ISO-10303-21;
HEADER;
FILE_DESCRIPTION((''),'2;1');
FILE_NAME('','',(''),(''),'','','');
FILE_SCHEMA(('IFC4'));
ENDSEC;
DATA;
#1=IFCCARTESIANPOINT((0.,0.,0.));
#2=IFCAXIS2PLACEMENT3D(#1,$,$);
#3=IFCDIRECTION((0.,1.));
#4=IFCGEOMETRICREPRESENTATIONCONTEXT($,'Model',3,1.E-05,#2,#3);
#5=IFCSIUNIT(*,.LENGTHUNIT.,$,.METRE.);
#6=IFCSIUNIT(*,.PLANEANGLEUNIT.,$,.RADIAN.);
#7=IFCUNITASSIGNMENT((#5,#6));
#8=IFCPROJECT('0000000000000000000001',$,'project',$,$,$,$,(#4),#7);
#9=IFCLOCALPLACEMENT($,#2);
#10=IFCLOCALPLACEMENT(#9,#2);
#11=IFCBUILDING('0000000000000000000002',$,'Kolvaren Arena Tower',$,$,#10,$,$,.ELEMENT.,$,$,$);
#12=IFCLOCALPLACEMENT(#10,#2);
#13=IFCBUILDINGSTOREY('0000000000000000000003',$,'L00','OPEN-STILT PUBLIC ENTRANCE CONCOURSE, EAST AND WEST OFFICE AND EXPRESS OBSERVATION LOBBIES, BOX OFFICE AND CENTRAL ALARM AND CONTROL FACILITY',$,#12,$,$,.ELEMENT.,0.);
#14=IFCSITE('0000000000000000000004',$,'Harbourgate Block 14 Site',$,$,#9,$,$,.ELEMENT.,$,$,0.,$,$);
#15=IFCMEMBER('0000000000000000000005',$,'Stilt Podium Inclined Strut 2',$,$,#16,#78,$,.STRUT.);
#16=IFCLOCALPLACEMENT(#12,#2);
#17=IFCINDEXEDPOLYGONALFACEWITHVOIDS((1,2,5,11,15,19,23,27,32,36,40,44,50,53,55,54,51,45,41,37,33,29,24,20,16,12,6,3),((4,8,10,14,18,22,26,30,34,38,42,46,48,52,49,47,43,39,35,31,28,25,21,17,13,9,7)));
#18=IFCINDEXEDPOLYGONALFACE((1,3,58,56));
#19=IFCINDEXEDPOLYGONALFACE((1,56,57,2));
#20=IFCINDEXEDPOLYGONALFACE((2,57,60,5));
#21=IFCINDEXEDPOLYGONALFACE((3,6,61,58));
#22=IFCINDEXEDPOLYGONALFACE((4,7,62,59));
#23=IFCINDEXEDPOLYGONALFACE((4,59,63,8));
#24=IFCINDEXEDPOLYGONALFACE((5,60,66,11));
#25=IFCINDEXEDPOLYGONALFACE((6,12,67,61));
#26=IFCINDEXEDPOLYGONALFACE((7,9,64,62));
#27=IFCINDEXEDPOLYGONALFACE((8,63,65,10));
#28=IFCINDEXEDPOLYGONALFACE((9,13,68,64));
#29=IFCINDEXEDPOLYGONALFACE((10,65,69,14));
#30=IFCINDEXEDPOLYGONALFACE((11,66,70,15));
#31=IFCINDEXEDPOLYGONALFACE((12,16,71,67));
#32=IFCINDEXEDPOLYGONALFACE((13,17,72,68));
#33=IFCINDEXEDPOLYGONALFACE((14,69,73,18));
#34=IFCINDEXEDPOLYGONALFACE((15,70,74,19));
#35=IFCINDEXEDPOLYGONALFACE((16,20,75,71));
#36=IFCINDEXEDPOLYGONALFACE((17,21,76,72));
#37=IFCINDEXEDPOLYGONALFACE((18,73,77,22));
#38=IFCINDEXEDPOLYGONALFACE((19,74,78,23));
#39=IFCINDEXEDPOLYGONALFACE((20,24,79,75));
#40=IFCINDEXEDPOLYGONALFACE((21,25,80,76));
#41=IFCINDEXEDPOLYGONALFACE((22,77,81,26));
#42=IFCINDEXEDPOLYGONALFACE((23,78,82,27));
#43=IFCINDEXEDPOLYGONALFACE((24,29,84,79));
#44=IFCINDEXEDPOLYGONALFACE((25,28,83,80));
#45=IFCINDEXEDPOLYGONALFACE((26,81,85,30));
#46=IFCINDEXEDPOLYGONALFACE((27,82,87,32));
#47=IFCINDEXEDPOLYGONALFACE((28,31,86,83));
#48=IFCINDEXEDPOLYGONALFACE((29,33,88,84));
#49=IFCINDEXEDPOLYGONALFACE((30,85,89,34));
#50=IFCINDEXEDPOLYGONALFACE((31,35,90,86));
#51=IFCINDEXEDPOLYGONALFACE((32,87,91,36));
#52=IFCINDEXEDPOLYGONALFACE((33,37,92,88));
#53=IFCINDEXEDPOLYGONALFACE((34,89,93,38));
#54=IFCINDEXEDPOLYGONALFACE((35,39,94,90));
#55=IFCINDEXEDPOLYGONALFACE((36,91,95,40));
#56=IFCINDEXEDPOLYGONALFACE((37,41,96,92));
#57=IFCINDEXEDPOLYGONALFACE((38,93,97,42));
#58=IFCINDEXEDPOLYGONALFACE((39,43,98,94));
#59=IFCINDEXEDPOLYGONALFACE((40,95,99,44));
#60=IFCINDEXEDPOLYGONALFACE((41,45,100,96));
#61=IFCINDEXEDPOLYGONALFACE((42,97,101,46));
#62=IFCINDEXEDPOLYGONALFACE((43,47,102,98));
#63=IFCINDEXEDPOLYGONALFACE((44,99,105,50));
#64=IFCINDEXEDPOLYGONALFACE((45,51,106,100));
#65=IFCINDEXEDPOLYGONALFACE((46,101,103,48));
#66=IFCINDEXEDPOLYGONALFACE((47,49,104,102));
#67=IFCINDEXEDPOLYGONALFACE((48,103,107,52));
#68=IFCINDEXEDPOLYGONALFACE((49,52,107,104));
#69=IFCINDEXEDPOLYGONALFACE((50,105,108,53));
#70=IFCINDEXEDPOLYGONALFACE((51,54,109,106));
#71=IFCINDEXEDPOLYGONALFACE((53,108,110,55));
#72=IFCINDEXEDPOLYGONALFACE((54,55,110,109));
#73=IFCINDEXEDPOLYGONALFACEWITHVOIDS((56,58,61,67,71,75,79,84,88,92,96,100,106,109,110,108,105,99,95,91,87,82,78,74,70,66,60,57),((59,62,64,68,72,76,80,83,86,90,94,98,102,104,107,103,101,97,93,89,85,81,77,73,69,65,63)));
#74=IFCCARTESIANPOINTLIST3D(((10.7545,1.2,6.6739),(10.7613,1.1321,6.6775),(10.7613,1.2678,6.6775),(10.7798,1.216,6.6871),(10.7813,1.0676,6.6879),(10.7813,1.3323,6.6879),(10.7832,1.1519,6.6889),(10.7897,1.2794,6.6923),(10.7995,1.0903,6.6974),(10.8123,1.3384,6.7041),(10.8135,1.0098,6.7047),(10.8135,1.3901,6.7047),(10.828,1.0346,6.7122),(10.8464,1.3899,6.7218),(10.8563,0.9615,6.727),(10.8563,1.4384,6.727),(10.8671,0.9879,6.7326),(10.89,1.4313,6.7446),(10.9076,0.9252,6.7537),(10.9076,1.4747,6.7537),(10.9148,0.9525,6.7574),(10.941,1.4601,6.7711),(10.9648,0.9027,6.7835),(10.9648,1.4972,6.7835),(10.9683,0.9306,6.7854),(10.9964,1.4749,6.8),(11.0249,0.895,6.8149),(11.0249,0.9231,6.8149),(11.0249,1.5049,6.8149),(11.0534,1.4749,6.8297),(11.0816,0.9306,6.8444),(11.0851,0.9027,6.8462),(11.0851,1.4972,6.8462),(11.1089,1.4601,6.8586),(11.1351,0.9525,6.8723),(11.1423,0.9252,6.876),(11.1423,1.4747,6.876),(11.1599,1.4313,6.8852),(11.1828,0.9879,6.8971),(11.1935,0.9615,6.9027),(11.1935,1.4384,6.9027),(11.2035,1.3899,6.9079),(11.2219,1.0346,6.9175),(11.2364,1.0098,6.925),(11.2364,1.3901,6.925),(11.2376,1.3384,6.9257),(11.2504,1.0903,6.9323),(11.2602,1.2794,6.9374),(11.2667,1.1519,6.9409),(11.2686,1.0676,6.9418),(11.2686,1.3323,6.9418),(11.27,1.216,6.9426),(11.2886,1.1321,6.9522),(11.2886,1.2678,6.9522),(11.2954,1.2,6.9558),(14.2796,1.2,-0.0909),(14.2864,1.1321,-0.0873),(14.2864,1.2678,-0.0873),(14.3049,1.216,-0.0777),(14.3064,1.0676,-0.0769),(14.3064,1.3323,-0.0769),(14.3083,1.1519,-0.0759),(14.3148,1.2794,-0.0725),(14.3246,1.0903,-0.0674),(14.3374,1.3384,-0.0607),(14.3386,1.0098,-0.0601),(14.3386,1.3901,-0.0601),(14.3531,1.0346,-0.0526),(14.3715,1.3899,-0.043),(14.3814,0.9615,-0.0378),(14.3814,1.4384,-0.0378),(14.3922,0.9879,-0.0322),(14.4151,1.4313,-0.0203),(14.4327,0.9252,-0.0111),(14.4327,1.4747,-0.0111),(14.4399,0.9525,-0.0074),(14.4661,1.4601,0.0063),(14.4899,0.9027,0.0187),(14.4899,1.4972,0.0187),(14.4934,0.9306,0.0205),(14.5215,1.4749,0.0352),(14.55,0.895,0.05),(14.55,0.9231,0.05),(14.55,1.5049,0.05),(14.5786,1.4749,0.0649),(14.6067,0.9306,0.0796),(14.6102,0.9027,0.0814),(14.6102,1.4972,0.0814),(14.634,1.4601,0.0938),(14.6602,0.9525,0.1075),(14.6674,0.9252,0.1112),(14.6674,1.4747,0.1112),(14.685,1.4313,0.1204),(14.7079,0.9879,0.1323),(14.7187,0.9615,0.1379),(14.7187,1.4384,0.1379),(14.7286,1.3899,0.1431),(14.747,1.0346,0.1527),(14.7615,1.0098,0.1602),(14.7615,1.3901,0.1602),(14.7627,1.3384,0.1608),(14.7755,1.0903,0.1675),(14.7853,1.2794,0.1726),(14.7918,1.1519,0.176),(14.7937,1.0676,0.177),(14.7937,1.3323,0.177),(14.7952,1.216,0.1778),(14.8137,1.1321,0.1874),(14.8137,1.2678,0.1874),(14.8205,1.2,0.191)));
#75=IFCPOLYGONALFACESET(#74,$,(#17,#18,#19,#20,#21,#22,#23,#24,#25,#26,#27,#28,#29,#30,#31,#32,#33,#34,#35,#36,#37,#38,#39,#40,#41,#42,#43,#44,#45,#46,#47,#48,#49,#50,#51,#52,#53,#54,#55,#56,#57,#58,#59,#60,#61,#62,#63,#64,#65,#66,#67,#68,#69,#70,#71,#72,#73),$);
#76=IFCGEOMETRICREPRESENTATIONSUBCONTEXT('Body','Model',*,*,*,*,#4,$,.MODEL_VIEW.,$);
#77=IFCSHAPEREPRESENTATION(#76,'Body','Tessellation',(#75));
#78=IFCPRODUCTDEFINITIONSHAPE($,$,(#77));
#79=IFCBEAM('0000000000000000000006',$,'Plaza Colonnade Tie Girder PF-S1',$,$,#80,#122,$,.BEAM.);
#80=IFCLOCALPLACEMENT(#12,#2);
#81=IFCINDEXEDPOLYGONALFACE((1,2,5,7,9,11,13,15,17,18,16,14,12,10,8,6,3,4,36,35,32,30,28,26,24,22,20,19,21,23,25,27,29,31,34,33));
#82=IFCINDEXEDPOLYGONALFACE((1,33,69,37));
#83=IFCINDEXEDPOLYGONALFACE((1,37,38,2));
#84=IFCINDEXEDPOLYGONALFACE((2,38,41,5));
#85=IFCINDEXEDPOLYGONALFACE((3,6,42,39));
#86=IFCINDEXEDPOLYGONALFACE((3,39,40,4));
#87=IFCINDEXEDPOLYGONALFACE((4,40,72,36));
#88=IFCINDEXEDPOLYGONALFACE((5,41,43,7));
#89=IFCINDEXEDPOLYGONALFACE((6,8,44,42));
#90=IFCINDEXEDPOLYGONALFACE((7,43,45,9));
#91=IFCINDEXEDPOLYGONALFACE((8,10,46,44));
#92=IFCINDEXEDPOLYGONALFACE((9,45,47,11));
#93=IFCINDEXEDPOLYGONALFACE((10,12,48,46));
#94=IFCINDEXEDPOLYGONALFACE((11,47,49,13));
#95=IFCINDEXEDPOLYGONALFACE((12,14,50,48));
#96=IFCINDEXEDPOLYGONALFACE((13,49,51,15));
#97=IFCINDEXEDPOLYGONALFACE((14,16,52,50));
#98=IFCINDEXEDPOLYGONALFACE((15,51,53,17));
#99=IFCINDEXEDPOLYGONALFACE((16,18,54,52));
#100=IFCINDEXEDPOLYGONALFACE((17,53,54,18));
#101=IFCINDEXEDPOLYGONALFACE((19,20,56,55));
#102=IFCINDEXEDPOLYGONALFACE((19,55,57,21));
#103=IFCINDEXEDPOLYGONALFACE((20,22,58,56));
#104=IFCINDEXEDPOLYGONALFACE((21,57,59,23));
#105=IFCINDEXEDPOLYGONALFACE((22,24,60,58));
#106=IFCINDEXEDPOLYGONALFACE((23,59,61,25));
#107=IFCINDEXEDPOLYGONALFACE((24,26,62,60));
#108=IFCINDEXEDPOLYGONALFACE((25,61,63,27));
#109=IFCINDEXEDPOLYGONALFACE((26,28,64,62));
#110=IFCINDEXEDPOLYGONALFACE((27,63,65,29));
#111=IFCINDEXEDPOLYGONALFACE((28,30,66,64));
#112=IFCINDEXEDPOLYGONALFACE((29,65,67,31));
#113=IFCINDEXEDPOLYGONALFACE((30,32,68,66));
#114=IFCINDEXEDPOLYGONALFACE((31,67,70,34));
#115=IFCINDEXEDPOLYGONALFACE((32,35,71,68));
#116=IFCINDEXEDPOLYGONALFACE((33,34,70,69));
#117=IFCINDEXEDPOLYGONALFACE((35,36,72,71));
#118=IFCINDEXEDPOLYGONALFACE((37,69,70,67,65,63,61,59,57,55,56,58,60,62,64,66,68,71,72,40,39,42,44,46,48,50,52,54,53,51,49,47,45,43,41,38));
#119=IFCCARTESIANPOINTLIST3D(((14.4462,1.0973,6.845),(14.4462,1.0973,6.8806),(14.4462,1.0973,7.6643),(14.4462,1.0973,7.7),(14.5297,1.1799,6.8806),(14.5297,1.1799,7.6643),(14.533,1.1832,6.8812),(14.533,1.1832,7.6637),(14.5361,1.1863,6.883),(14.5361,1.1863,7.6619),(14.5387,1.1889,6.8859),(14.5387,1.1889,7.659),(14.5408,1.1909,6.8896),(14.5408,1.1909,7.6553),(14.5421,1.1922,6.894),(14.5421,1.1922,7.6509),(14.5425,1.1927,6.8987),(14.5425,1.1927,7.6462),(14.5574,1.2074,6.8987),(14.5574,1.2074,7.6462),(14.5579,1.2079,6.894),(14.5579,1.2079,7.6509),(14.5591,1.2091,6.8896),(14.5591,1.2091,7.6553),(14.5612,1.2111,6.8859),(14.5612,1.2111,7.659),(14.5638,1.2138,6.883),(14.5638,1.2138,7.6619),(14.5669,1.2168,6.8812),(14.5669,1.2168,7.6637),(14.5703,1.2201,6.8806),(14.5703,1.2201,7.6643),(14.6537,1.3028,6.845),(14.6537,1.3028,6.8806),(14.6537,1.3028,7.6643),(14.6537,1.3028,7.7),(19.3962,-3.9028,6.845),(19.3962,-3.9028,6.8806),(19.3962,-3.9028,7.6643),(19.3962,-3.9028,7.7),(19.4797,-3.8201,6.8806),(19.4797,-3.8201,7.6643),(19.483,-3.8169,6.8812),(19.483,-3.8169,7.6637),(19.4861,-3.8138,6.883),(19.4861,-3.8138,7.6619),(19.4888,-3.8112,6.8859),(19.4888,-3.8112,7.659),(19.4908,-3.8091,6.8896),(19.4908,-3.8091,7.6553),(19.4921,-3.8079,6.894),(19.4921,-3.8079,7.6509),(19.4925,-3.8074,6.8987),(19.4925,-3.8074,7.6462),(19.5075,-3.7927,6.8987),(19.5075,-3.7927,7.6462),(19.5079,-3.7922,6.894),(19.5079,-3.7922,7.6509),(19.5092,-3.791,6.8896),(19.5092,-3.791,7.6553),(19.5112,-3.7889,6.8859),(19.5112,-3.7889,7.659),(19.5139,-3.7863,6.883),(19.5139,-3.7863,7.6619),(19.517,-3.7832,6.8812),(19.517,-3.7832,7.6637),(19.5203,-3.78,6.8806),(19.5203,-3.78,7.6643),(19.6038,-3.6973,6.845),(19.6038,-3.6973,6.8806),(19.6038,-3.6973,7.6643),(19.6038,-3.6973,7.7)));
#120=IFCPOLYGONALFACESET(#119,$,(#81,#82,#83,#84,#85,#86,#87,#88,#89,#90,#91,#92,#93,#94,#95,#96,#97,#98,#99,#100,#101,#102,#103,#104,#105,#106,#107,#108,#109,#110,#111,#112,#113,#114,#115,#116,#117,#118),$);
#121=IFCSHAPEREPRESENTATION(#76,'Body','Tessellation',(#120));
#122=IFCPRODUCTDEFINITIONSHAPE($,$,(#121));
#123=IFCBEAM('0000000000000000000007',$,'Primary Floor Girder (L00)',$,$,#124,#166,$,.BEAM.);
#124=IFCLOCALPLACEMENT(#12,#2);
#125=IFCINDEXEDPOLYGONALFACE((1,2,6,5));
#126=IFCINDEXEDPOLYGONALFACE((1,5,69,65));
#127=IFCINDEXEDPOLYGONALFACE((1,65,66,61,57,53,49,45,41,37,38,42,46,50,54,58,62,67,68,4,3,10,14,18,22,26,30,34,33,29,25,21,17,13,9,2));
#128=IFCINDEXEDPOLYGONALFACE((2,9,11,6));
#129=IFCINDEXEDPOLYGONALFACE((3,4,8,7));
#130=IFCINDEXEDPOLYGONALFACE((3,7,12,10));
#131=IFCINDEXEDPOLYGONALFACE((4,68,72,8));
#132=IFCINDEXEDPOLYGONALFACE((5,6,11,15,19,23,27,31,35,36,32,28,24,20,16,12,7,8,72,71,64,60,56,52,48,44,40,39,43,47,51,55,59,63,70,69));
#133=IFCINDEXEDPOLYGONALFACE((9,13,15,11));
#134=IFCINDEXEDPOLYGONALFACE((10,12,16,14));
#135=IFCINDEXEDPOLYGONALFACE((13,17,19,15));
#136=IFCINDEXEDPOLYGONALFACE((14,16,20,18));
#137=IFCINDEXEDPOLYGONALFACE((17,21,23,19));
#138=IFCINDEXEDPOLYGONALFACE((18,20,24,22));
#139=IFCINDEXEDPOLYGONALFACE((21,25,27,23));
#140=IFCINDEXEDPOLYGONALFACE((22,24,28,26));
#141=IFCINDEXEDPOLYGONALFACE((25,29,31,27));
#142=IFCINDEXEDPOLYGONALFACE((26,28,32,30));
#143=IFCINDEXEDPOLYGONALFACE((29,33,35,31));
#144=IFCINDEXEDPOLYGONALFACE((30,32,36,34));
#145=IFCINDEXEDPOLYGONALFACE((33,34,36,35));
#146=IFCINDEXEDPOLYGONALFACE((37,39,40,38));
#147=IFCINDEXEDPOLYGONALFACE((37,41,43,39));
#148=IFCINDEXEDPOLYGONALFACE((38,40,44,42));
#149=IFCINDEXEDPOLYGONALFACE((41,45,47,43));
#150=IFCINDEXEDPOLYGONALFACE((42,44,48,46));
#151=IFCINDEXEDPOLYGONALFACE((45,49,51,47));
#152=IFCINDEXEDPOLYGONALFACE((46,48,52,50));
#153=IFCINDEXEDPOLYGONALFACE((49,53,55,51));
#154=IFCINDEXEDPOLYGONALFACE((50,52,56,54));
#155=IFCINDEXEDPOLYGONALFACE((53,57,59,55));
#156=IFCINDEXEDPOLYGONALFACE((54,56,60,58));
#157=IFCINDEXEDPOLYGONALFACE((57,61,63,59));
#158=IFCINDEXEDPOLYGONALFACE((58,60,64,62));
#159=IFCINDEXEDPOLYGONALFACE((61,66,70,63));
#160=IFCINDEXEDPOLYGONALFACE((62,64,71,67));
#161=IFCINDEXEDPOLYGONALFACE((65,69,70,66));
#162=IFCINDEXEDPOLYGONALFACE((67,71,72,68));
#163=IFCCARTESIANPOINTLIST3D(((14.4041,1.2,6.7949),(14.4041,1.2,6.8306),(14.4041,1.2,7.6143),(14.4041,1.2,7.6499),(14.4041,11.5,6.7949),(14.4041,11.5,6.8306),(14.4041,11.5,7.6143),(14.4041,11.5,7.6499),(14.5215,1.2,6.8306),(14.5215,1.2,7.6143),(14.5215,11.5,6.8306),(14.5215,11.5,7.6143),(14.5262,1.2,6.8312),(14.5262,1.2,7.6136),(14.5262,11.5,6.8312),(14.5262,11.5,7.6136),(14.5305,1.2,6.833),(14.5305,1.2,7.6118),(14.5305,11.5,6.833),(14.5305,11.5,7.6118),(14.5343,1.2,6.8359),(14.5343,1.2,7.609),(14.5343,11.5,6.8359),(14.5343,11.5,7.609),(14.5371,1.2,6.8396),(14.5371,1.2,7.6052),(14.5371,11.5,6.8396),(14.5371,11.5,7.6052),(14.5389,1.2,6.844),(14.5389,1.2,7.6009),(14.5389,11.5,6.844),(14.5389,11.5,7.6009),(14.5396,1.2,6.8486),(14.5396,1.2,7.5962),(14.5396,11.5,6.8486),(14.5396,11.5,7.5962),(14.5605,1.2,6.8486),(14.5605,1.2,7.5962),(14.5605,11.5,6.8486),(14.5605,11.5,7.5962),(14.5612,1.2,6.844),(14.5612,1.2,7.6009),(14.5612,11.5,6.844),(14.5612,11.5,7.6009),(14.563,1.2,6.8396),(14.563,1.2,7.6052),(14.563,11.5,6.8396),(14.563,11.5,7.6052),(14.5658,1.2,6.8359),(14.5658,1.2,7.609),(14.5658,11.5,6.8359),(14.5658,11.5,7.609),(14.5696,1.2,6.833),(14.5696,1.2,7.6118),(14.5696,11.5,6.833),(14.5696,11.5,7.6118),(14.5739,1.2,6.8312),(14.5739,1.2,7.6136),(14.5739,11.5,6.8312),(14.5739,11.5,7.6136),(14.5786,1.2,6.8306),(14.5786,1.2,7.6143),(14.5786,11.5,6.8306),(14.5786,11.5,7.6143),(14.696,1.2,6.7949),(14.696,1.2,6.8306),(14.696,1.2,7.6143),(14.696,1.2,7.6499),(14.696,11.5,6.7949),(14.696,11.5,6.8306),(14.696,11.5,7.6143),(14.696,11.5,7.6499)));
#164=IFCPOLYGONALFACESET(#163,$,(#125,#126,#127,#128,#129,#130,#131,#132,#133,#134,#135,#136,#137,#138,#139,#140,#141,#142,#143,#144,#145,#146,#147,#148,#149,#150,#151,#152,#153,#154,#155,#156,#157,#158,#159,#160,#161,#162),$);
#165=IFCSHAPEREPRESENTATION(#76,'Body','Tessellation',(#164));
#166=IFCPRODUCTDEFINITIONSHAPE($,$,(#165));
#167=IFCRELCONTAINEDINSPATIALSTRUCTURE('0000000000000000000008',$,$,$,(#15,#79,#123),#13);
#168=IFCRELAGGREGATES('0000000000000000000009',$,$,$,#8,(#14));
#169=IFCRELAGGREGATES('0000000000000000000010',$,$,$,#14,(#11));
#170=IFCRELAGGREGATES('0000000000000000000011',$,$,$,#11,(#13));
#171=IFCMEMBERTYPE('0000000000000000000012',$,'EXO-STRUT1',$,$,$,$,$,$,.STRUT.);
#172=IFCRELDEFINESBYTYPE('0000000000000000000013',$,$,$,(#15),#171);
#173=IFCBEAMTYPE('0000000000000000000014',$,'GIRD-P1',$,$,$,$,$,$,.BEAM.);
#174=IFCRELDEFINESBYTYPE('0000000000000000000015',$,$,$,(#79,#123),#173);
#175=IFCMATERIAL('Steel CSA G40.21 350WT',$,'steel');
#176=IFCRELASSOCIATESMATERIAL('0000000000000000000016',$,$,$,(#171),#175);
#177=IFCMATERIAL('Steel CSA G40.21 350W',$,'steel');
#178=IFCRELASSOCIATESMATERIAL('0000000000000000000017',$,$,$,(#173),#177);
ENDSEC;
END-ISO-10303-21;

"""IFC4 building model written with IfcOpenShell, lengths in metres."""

from ifc_helpers import new_model, si_unit, direction, frame, origin, origin_2d, place, context, subcontext, project, spatial, hollow_circle, i_section, extrude, material, material_profile, profile_set, type_object, element, save


model = new_model("IFC4")

# Units and contexts
model_context = context("Model", 3, precision=1e-05, world=origin(), true_north=direction((0.0, 1.0)))
body_context = subcontext(model_context, "Body", "Model", "MODEL_VIEW")
ifc_project = project(units=[si_unit("LENGTHUNIT", "METRE"), si_unit("PLANEANGLEUNIT", "RADIAN")], contexts=[model_context])

# Site, building, storey
site_placement = place(None, origin())
site = spatial("IfcSite", under=ifc_project, at=site_placement, Name="Harbourgate Block 14 Site", CompositionType="ELEMENT", RefElevation=0.0)
building_placement = place(site_placement, origin())
building = spatial("IfcBuilding", under=site, at=building_placement, Name="Kolvaren Arena Tower", CompositionType="ELEMENT")
storey_placement = place(building_placement, origin())
storey = spatial("IfcBuildingStorey", under=building, at=storey_placement, Name="L00", Description="OPEN-STILT PUBLIC ENTRANCE CONCOURSE, EAST AND WEST OFFICE AND EXPRESS OBSERVATION LOBBIES, BOX OFFICE AND CENTRAL ALARM AND CONTROL FACILITY", CompositionType="ELEMENT", Elevation=0.0)

# Shared definitions
ifc_material_1 = material(Name="Steel CSA G40.21 350W", Category="steel")

# Member
ifc_material_2 = material(Name="Steel CSA G40.21 350WT", Category="steel")
ifc_material_profile_1 = material_profile(ifc_material_2, hollow_circle(Radius=0.3049, WallThickness=0.0281, at=origin_2d()), Name="CHS 610x28")
ifc_profile_set_1 = profile_set([ifc_material_profile_1], Name="Steel CSA G40.21 350WT")
member_type_1 = type_object("IfcMemberType", Name="EXO-STRUT1", PredefinedType="STRUT", material=ifc_profile_set_1)
member_placement = place(storey_placement, frame((14.55, 1.2, 0.05), z_axis=(-0.462116, 0.0, 0.886819), x_axis=(0.0, -1.0, 0.0)))
element("IfcMember", 1, at=member_placement, inside=storey, type_object=member_type_1, Name="Stilt Podium Inclined Strut 2", PredefinedType="STRUT", context=body_context, shape_type="SweptSolid", body=[
    extrude(hollow_circle(Radius=0.3049, WallThickness=0.0281, at=origin_2d()), origin(), (0.0, 0.0, 1.0), 7.6282),
])

# Beams
ifc_material_profile_2 = material_profile(ifc_material_1, i_section(OverallWidth=0.292, OverallDepth=0.855, WebThickness=0.021, FlangeThickness=0.0356, FilletRadius=0.0181, at=origin_2d()), Name="W840x299")
ifc_profile_set_2 = profile_set([ifc_material_profile_2], Name="Steel CSA G40.21 350W")
beam_type_1 = type_object("IfcBeamType", Name="GIRD-P1", PredefinedType="BEAM", material=ifc_profile_set_2)
beam_1_placement = place(storey_placement, frame((19.5, -3.8, 7.2725), z_axis=(-0.703541, 0.710655, 0.0), x_axis=(-0.710655, -0.703541, 0.0)))
element("IfcBeam", 2, at=beam_1_placement, inside=storey, type_object=beam_type_1, Name="Plaza Colonnade Tie Girder PF-S1", PredefinedType="BEAM", context=body_context, shape_type="SweptSolid", body=[
    extrude(i_section(OverallWidth=0.292, OverallDepth=0.855, WebThickness=0.021, FlangeThickness=0.0356, FilletRadius=0.0181, at=origin_2d()), origin(), (0.0, 0.0, 1.0), 7.0359),
])
for number, where, z_axis, x_axis, name in (
    (3, (14.55, 1.2, 7.2224), (0.0, 1.0, 0.0), (-1.0, 0.0, 0.0), "Primary Floor Girder (L00)"),
):
    element("IfcBeam", number, at=place(storey_placement, frame(where, z_axis=z_axis, x_axis=x_axis)), inside=storey, type_object=beam_type_1, Name=name, PredefinedType="BEAM", context=body_context, shape_type="SweptSolid", body=[
        extrude(i_section(OverallWidth=0.292, OverallDepth=0.855, WebThickness=0.021, FlangeThickness=0.0356, FilletRadius=0.0181, at=origin_2d()), origin(), (0.0, 0.0, 1.0), 10.3),
    ])

save(model, "model.ifc")
